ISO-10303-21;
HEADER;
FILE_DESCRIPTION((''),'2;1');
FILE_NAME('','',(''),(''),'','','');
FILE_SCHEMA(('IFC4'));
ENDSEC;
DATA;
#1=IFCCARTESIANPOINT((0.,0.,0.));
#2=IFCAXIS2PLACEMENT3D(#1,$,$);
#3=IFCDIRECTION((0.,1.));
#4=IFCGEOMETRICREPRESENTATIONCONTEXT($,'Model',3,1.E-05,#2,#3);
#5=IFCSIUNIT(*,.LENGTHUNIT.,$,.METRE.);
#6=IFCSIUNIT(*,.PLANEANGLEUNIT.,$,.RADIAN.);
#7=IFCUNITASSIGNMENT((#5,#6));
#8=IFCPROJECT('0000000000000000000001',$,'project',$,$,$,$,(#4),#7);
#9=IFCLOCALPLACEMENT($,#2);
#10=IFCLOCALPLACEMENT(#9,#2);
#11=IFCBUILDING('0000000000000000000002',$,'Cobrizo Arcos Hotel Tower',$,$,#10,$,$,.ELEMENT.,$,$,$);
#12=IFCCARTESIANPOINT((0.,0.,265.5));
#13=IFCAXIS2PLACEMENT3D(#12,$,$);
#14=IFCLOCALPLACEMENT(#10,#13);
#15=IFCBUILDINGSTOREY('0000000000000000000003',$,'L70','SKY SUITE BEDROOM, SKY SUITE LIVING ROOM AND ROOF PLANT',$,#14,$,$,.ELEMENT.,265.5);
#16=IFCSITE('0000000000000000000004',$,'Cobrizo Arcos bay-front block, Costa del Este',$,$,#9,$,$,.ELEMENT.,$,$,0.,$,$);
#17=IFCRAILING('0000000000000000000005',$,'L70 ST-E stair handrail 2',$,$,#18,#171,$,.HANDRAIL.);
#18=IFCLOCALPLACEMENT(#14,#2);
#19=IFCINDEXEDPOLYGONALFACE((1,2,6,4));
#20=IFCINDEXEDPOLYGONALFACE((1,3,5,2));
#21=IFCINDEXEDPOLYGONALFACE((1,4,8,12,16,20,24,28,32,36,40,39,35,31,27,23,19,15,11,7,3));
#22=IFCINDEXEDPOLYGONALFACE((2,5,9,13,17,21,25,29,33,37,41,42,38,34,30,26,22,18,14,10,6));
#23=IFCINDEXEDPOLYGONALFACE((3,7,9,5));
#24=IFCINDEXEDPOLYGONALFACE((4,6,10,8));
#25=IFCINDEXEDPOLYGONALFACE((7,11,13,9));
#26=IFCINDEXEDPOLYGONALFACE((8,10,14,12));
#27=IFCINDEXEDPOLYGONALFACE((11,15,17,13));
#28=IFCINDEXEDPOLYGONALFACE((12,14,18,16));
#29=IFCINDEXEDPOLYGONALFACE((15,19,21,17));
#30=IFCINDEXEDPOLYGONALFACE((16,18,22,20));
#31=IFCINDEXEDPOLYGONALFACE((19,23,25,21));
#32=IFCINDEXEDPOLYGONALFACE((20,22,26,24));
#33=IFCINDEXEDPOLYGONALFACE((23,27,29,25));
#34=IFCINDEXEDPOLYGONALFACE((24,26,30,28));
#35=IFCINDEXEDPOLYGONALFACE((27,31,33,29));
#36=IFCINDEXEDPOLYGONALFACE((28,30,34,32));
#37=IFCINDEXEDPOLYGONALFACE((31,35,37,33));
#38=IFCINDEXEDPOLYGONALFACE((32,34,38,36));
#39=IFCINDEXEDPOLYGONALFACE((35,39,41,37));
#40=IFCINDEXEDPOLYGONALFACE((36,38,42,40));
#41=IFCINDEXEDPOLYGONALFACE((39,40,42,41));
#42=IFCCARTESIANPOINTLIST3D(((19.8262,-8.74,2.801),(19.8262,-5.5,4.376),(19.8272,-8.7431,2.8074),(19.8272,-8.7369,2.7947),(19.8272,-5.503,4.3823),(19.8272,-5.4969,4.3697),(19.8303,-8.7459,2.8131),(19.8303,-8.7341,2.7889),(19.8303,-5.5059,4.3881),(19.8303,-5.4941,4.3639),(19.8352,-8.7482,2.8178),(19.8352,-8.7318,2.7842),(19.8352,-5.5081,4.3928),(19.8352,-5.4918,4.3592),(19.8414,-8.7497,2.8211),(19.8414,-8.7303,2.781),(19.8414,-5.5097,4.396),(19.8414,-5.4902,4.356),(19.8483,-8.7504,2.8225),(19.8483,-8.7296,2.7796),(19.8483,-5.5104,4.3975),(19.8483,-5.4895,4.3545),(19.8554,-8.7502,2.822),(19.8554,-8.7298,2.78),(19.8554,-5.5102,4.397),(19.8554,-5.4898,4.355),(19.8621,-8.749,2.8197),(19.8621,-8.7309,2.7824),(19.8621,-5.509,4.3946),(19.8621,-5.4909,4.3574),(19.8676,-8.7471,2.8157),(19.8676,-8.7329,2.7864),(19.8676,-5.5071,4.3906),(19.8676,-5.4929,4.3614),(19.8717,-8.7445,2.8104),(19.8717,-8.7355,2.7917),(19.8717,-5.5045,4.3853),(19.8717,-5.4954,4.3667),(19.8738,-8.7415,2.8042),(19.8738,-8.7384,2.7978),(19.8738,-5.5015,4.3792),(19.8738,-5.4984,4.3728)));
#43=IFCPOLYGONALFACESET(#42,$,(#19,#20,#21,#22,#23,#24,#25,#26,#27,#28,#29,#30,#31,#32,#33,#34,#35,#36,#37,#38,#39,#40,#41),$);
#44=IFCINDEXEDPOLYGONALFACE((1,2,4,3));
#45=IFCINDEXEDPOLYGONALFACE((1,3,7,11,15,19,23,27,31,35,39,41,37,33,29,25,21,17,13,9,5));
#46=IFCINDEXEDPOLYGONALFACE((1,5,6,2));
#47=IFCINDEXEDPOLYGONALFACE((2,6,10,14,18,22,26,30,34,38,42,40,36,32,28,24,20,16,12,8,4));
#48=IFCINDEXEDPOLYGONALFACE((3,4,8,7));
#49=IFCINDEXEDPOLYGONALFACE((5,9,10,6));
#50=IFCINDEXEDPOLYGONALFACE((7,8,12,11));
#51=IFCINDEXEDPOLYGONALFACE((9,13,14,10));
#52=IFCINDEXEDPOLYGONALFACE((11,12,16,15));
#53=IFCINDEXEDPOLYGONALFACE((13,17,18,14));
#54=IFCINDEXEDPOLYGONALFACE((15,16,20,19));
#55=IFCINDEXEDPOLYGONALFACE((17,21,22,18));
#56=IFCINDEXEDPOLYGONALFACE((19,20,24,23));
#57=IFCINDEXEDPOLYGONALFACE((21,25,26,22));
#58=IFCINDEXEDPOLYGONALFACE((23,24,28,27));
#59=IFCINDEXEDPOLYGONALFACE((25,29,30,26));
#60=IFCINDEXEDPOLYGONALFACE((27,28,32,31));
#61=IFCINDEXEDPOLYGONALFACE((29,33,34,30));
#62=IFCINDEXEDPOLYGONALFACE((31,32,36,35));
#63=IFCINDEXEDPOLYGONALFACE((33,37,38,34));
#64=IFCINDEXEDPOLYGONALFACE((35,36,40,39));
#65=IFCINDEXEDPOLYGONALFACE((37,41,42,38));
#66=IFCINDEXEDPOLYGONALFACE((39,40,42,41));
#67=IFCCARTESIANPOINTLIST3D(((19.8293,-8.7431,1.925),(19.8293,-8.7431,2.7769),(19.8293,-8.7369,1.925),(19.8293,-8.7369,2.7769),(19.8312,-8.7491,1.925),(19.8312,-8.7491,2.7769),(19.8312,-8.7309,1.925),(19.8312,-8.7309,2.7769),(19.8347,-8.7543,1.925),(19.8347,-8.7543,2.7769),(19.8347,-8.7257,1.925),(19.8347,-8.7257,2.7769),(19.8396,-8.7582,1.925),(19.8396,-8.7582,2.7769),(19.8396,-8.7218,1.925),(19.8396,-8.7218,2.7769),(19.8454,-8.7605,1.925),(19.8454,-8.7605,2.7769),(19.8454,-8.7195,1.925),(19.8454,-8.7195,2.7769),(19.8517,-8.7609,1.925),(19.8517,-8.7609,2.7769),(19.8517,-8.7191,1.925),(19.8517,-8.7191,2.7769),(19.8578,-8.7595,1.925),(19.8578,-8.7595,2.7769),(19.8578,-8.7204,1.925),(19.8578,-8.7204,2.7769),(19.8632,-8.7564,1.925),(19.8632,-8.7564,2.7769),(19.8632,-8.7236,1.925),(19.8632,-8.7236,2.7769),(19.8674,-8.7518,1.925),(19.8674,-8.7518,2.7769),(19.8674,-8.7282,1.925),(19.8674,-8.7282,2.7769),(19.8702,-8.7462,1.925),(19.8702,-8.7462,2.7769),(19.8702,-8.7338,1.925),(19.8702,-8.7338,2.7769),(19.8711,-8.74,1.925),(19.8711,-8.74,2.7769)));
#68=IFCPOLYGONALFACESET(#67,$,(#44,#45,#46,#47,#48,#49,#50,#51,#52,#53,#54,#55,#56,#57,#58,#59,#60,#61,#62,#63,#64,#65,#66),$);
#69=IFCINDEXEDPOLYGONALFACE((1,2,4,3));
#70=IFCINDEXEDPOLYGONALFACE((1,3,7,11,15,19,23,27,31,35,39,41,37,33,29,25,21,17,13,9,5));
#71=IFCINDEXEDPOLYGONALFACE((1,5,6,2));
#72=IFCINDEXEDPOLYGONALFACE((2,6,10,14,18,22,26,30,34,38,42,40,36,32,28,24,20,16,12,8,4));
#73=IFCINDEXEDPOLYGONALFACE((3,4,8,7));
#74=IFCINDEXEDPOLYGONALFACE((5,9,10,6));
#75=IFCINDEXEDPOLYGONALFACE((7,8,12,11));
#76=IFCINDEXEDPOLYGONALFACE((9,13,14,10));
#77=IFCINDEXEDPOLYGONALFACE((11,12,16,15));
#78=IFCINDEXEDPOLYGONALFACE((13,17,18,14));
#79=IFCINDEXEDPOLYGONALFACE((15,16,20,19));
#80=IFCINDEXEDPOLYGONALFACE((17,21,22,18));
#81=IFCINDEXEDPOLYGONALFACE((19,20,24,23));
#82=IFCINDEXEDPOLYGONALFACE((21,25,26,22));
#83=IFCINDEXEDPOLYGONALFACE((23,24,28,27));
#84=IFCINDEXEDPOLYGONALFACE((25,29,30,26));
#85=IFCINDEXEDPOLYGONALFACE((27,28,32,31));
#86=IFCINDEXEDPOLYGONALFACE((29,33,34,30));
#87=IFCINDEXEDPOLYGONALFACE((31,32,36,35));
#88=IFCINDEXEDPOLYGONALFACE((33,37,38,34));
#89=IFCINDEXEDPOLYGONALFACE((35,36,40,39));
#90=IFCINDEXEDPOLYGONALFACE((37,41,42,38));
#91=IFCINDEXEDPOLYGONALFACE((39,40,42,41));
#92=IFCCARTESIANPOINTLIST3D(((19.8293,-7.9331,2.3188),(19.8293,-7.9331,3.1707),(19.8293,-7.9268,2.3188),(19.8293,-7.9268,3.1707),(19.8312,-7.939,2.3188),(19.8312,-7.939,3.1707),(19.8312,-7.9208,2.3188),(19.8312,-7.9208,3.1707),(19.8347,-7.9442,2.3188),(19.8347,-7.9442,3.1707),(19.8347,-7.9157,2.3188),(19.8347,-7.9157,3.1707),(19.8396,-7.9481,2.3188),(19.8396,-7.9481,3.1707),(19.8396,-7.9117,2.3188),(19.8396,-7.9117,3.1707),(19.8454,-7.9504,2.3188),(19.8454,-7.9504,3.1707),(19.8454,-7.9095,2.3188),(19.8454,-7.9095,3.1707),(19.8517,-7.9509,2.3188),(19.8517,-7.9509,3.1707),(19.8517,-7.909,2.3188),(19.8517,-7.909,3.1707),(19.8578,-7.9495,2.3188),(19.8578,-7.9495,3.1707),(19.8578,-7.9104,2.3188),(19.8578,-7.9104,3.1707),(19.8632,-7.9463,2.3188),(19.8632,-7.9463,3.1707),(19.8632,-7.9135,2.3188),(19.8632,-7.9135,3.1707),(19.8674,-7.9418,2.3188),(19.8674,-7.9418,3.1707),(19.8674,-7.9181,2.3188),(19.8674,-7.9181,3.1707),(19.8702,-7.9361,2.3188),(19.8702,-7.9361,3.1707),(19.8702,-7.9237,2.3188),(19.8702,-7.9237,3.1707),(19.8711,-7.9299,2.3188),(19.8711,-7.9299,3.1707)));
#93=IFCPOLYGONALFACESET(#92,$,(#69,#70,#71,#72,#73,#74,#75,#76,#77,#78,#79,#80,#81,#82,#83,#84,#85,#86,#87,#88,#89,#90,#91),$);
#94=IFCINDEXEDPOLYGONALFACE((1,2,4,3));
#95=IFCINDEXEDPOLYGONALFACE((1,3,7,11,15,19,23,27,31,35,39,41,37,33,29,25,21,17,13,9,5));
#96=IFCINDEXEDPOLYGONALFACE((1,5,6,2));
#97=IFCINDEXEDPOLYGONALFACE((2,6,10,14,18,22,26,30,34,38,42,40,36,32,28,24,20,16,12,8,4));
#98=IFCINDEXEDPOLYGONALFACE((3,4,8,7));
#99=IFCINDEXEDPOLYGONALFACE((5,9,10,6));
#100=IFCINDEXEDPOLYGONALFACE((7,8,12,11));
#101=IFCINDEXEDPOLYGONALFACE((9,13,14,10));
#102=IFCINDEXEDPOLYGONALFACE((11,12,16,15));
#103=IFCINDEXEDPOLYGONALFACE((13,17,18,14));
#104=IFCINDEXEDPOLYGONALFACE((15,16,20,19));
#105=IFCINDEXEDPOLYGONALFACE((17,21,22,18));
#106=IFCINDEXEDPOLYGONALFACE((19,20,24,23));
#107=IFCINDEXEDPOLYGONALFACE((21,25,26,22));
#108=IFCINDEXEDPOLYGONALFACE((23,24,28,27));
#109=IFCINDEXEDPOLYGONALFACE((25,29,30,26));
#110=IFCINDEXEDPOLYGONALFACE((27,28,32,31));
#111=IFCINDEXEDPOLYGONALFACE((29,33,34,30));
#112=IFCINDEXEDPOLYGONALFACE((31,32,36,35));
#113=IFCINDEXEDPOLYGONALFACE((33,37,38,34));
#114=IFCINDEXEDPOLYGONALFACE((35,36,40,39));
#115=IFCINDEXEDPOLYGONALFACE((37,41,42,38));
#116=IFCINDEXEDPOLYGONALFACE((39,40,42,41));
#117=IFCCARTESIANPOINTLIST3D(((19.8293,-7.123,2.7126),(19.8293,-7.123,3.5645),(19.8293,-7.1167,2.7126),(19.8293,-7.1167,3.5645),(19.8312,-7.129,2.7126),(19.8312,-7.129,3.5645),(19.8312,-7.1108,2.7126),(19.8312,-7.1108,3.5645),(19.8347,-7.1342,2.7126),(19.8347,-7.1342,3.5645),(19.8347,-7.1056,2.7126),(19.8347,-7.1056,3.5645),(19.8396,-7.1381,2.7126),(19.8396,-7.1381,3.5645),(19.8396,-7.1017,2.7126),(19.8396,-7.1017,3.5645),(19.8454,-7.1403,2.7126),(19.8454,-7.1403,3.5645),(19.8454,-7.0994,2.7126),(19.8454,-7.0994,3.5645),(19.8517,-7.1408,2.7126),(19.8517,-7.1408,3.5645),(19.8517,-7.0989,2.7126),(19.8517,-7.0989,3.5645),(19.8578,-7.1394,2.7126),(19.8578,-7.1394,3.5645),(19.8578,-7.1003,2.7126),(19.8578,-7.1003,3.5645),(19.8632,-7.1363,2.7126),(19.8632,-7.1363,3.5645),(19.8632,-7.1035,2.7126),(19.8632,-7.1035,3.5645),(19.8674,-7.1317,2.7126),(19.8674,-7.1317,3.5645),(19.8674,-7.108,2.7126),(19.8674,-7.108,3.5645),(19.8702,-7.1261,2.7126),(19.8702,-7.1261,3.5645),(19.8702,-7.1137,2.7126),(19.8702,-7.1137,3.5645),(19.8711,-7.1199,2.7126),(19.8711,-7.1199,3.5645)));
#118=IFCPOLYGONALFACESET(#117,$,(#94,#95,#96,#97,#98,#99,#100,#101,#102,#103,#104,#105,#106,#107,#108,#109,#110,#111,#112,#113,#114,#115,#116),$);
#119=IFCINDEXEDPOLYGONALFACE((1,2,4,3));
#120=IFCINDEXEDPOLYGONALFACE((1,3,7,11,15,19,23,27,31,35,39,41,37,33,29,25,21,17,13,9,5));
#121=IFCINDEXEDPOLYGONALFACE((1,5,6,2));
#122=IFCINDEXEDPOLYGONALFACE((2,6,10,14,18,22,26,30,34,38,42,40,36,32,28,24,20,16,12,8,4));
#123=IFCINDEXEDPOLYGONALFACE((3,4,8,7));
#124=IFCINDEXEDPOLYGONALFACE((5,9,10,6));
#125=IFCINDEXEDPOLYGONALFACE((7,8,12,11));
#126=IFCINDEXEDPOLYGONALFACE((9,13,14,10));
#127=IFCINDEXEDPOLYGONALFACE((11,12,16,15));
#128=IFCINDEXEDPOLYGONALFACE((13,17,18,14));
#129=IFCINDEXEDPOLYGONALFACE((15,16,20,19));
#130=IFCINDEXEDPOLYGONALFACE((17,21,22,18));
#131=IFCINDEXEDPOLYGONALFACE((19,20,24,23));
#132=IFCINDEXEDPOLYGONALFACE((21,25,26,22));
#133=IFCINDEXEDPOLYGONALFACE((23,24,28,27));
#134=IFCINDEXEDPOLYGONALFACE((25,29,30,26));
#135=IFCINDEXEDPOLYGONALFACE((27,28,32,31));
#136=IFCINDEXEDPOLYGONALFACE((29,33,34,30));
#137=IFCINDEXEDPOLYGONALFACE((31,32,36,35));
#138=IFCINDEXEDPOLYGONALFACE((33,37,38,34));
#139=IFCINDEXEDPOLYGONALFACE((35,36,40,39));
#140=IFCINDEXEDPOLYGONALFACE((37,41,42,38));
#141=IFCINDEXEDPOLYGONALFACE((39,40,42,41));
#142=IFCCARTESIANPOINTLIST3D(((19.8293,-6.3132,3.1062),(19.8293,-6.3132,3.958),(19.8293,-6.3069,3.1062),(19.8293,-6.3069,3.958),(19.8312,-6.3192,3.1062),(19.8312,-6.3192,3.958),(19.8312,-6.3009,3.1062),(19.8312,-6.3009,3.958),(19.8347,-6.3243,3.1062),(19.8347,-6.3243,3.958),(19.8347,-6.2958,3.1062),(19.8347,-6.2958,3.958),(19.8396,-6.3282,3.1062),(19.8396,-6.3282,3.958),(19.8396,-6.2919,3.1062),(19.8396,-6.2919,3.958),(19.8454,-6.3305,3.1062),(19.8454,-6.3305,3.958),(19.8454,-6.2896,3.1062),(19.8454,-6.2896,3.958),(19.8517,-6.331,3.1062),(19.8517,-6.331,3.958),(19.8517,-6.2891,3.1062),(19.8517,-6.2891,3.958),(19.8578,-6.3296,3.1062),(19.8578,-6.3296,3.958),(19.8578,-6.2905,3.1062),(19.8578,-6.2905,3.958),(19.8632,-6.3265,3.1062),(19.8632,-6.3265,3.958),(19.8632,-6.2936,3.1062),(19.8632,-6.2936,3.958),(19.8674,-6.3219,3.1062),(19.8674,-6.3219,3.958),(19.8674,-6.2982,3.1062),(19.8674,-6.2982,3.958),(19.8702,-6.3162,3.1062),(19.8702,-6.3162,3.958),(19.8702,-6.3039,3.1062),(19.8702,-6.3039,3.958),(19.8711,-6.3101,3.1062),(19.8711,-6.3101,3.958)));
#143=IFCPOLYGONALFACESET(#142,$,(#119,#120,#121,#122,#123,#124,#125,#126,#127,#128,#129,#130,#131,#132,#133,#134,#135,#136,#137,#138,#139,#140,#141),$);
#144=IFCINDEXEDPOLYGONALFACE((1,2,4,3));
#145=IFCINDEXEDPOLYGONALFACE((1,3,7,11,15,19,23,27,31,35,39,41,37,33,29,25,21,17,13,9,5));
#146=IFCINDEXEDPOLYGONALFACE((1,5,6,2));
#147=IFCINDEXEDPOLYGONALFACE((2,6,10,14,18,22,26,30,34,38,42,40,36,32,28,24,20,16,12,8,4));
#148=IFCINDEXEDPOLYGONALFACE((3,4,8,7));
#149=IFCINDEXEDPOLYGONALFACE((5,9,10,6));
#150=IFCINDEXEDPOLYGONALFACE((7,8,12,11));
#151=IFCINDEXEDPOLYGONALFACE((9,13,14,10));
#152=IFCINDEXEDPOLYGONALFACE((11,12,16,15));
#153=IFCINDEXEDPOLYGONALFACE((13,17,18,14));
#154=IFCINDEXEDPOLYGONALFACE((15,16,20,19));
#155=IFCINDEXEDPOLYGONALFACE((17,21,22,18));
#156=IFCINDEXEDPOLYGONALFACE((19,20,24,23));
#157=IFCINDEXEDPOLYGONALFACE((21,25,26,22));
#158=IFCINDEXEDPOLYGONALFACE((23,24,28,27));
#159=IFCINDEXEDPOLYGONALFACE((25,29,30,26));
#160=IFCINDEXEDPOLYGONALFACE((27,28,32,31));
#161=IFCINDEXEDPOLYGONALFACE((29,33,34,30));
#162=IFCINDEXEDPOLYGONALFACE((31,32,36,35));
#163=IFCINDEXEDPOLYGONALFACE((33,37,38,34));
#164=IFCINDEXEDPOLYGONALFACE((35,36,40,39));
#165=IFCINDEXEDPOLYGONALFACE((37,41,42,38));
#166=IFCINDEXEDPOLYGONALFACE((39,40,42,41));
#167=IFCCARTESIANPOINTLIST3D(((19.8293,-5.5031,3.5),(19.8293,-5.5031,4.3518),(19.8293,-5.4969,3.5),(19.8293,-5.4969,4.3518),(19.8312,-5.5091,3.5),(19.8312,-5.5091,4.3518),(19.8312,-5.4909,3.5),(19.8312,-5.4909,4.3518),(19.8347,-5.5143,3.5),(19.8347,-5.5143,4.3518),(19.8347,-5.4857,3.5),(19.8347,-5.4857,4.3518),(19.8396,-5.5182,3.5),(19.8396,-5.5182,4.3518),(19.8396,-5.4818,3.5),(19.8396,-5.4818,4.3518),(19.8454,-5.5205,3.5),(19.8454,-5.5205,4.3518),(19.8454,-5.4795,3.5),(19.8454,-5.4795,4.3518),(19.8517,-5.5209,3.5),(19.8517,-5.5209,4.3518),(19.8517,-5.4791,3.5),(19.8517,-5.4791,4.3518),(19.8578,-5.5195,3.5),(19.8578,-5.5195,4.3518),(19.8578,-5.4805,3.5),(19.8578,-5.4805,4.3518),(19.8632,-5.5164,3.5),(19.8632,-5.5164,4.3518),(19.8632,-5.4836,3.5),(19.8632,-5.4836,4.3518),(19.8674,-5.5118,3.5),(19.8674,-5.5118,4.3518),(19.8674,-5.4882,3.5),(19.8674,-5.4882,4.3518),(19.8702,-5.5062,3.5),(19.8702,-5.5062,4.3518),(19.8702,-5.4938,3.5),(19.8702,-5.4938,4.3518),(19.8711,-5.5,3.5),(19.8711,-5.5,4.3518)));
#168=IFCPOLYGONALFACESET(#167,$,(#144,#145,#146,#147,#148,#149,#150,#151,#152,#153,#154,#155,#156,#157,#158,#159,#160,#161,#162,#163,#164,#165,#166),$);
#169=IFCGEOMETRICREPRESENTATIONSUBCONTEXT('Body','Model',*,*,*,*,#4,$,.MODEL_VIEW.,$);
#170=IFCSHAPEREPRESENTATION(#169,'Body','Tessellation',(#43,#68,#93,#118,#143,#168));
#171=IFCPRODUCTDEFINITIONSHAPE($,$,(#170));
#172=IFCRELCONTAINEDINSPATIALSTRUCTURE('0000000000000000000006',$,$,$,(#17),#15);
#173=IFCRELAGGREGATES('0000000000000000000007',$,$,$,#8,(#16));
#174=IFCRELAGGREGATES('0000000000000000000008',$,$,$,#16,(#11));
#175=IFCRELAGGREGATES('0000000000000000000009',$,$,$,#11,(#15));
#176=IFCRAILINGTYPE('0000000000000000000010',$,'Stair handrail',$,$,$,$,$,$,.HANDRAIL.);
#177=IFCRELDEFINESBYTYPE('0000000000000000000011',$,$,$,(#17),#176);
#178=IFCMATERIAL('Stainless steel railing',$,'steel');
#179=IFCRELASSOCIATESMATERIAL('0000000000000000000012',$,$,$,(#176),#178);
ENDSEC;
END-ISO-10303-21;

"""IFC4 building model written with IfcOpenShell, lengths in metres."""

from ifc_helpers import new_model, si_unit, direction, frame, origin, origin_2d, place, context, subcontext, project, spatial, circle, extrude, material, type_object, element, save


model = new_model("IFC4")

# Units and contexts
model_context = context("Model", 3, precision=1e-05, world=origin(), true_north=direction((0.0, 1.0)))
body_context = subcontext(model_context, "Body", "Model", "MODEL_VIEW")
ifc_project = project(units=[si_unit("LENGTHUNIT", "METRE"), si_unit("PLANEANGLEUNIT", "RADIAN")], contexts=[model_context])

# Site, building, storey
site_placement = place(None, origin())
site = spatial("IfcSite", under=ifc_project, at=site_placement, Name="Cobrizo Arcos bay-front block, Costa del Este", CompositionType="ELEMENT", RefElevation=0.0)
building_placement = place(site_placement, origin())
building = spatial("IfcBuilding", under=site, at=building_placement, Name="Cobrizo Arcos Hotel Tower", CompositionType="ELEMENT")
storey_placement = place(building_placement, frame((0.0, 0.0, 265.5)))
storey = spatial("IfcBuildingStorey", under=building, at=storey_placement, Name="L70", Description="SKY SUITE BEDROOM, SKY SUITE LIVING ROOM AND ROOF PLANT", CompositionType="ELEMENT", Elevation=265.5)

# Railing
ifc_material_1 = material(Name="Stainless steel railing", Category="steel")
railing_type_1 = type_object("IfcRailingType", Name="Stair handrail", PredefinedType="HANDRAIL", material=ifc_material_1)
railing_1_placement = place(storey_placement, frame((19.8501, -8.74, 1.925)))
element("IfcRailing", 1, at=railing_1_placement, inside=storey, type_object=railing_type_1, Name="L70 ST-E stair handrail 2", PredefinedType="HANDRAIL", context=body_context, shape_type="SweptSolid", body=[
    extrude(circle(Radius=0.0239, at=origin_2d()), frame((0.0, 0.0, 0.876), z_axis=(0.0, 0.899373, 0.437183), x_axis=(-1.0, 0.0, 0.0)), (0.0, 0.0, 1.0), 3.6025),
    extrude(circle(Radius=0.021, at=origin_2d()), origin(), (0.0, 0.0, 1.0), 0.8518),
    extrude(circle(Radius=0.021, at=origin_2d()), frame((0.0, 0.8101, 0.3938)), (0.0, 0.0, 1.0), 0.8518),
    extrude(circle(Radius=0.021, at=origin_2d()), frame((0.0, 1.6201, 0.7876)), (0.0, 0.0, 1.0), 0.8518),
    extrude(circle(Radius=0.021, at=origin_2d()), frame((0.0, 2.4299, 1.1812)), (0.0, 0.0, 1.0), 0.8518),
    extrude(circle(Radius=0.021, at=origin_2d()), frame((0.0, 3.24, 1.575)), (0.0, 0.0, 1.0), 0.8518),
])

save(model, "model.ifc")
